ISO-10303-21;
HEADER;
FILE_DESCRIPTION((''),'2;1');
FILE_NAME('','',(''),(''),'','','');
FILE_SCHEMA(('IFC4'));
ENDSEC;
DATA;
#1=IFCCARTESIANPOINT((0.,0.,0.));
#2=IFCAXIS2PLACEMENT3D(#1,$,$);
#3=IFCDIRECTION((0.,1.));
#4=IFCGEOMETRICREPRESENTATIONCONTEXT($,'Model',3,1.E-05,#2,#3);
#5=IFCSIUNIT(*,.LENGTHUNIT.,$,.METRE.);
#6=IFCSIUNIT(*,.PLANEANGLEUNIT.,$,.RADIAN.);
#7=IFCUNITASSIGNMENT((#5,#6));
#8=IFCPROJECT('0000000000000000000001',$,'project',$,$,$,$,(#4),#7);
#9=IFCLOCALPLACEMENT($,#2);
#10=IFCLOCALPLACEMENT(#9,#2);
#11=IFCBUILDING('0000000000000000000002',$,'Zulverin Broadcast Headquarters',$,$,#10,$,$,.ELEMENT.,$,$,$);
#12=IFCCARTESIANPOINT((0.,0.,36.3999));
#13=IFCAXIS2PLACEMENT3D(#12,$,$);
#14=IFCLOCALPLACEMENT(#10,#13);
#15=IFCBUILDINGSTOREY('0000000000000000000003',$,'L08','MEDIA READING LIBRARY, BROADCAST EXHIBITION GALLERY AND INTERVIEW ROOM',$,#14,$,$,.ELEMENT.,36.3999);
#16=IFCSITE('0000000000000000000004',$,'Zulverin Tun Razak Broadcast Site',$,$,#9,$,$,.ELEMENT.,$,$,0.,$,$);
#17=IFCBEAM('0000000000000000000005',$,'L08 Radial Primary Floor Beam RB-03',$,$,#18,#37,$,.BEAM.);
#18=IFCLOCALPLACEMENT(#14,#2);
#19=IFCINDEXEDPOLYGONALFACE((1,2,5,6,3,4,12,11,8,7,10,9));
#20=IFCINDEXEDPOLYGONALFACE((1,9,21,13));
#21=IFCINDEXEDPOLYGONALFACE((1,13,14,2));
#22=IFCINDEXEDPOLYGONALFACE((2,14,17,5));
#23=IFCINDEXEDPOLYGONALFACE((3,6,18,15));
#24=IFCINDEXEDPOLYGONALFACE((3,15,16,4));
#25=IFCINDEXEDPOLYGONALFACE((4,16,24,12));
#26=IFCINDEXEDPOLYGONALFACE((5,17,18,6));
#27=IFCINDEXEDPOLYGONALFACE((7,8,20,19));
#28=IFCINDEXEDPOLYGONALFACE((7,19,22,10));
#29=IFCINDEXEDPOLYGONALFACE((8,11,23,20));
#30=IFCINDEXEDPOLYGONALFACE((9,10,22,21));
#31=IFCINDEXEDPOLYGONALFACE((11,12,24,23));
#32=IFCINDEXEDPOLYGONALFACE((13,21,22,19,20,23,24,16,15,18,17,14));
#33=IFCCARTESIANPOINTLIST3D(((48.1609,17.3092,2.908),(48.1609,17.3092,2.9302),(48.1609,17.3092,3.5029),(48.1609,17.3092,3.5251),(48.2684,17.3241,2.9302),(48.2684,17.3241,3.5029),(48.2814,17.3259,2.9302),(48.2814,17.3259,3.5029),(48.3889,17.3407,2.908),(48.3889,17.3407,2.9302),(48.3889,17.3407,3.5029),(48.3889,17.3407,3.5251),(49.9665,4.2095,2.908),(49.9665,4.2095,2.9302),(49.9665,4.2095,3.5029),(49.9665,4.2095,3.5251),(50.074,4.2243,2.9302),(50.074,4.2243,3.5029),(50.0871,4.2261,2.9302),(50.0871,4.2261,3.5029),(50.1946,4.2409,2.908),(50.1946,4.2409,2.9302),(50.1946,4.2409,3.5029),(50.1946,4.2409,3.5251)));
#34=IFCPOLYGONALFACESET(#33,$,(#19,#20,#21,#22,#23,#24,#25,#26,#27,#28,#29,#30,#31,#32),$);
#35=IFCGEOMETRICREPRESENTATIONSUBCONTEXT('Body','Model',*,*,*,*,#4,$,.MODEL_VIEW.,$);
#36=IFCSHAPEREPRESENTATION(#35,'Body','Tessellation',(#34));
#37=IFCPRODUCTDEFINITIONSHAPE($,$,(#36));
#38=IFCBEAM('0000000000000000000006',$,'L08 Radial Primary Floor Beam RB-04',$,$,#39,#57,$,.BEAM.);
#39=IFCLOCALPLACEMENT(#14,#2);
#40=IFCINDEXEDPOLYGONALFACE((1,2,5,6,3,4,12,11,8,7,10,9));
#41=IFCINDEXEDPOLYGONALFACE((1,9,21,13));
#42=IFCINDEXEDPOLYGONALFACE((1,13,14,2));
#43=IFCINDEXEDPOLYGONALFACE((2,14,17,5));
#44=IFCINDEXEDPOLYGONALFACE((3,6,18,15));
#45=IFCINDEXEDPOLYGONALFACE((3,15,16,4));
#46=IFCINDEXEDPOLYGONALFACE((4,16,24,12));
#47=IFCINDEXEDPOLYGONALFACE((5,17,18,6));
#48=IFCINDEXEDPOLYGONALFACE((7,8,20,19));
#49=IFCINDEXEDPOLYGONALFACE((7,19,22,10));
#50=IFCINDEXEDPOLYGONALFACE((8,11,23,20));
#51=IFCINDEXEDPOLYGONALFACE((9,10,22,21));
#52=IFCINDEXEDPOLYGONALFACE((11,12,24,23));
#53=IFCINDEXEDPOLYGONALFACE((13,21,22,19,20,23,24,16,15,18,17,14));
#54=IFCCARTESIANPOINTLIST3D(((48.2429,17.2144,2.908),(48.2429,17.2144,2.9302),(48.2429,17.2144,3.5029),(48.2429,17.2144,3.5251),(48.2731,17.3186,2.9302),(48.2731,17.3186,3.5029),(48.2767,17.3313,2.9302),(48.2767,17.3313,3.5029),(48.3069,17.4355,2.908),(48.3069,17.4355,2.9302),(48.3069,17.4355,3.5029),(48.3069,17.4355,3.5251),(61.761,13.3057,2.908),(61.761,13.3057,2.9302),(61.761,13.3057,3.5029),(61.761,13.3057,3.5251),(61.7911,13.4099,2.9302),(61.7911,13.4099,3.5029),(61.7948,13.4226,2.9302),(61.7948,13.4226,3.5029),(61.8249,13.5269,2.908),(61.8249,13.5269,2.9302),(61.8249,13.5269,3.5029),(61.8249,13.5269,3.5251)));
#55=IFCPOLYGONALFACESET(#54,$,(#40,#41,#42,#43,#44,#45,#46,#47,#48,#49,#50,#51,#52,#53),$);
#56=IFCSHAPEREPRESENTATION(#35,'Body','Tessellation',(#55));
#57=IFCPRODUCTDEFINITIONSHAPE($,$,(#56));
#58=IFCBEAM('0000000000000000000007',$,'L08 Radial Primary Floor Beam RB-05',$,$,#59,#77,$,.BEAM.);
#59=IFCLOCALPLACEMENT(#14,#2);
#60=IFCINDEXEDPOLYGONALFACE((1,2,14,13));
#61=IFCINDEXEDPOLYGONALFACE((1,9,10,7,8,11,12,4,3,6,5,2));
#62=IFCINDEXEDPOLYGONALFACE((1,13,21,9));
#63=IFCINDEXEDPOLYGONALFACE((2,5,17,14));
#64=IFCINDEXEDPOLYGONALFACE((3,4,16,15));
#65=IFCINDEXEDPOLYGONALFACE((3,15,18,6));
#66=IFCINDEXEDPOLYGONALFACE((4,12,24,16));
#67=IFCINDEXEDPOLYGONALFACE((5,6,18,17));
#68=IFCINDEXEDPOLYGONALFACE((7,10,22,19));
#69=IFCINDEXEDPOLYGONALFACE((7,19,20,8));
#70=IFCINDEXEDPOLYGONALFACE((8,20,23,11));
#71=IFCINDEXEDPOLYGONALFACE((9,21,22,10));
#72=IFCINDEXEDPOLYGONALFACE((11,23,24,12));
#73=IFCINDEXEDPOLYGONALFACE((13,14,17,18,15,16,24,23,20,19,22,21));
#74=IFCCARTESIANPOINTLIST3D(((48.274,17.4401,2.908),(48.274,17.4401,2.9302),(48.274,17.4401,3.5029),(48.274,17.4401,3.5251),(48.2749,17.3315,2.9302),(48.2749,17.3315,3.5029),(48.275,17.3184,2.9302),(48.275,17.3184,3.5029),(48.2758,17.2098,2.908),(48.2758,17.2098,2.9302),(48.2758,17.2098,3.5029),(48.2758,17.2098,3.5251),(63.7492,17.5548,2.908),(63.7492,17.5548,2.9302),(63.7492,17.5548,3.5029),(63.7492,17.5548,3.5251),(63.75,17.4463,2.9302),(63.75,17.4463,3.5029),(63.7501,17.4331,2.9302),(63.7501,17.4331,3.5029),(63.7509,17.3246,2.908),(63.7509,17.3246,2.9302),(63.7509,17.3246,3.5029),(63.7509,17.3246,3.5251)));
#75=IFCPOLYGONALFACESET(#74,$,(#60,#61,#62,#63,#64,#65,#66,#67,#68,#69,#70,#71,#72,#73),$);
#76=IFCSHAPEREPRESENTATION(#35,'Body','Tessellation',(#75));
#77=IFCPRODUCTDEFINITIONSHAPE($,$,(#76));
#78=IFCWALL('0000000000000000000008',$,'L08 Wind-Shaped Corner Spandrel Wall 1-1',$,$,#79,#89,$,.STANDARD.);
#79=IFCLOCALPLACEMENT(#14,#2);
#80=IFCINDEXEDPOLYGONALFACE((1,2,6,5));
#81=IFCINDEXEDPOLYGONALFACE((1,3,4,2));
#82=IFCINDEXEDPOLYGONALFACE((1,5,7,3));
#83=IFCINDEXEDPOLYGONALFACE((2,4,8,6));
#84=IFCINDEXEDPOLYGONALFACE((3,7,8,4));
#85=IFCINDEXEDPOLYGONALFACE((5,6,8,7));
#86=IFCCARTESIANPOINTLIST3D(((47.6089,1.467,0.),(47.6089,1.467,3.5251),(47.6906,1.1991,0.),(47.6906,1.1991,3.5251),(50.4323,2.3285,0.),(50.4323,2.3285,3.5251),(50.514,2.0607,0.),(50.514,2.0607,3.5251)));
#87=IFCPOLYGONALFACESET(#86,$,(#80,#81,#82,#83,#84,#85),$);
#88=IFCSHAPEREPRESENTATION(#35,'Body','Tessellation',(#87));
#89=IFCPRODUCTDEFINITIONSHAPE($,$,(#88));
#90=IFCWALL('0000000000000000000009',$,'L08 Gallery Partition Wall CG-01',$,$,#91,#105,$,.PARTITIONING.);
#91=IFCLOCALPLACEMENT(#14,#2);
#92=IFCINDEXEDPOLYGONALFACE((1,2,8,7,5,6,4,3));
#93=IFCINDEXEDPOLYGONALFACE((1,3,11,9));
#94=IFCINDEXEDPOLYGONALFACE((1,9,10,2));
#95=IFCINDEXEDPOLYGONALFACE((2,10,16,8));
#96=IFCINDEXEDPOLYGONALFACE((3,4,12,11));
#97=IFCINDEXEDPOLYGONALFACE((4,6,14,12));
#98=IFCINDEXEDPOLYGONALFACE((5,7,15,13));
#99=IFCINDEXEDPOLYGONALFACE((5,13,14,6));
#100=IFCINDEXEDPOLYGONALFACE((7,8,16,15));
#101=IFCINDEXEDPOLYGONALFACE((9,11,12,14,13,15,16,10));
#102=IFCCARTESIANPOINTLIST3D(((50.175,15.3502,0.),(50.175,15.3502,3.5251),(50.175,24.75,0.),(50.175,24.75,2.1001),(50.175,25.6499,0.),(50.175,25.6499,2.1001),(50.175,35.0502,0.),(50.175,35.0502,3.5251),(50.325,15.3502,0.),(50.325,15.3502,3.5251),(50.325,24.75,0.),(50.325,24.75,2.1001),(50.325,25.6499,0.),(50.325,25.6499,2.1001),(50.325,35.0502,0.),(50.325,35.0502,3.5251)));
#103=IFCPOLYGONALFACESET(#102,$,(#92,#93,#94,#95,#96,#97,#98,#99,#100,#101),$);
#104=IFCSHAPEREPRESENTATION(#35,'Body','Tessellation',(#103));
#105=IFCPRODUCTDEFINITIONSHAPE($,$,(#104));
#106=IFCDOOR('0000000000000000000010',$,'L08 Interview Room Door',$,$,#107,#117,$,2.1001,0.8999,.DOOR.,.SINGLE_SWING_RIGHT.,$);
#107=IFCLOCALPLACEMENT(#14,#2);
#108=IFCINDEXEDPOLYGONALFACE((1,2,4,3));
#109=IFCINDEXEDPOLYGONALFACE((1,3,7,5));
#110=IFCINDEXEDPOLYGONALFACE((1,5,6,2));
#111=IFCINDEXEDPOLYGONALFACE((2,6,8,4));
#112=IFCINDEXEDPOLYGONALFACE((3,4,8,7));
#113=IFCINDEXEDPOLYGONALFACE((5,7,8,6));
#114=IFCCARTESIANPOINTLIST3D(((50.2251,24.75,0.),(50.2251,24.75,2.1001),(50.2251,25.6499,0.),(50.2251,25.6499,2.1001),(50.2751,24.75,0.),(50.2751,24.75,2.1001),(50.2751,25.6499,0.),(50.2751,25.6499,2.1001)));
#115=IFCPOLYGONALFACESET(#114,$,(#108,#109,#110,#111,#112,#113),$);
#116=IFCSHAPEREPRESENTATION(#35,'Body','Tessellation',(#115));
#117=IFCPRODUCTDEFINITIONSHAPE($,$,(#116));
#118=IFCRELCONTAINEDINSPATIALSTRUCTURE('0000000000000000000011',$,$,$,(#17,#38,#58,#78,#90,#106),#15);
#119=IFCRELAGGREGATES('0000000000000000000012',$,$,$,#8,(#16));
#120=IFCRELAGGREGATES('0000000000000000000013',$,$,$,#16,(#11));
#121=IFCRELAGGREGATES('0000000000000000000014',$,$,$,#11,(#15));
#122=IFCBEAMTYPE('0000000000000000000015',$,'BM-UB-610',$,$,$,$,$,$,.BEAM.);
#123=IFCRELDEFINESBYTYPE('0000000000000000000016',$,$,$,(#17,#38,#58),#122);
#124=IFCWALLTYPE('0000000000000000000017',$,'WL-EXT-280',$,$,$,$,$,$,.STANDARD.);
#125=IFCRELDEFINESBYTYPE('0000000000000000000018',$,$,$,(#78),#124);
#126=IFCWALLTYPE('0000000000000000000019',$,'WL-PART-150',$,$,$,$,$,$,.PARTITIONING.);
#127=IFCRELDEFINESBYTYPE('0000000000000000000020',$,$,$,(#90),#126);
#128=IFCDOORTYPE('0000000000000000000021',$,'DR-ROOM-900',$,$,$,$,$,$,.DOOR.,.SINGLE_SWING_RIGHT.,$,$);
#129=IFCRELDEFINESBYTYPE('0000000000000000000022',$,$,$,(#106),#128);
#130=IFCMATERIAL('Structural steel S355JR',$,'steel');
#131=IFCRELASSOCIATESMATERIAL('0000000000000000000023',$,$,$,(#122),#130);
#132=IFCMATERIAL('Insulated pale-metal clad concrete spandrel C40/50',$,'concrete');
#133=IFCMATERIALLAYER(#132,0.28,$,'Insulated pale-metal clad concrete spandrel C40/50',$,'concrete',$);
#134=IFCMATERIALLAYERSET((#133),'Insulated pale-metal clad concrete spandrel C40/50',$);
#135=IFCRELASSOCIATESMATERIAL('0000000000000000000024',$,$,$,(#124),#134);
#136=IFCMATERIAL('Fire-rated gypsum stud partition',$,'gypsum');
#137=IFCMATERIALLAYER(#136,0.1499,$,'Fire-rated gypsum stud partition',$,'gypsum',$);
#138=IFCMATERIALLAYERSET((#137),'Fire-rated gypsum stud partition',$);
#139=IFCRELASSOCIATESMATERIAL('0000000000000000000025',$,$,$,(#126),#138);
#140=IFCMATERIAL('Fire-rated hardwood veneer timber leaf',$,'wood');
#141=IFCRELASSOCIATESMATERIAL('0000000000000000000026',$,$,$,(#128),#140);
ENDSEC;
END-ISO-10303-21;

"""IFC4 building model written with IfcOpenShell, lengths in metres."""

from ifc_helpers import new_model, si_unit, direction, frame, frame_2d, origin, origin_2d, place, context, subcontext, project, spatial, rectangle, i_section, extrude, material, layer, layer_set, material_profile, profile_set, type_object, element, fill, save


model = new_model("IFC4")

# Units and contexts
model_context = context("Model", 3, precision=1e-05, world=origin(), true_north=direction((0.0, 1.0)))
body_context = subcontext(model_context, "Body", "Model", "MODEL_VIEW")
ifc_project = project(units=[si_unit("LENGTHUNIT", "METRE"), si_unit("PLANEANGLEUNIT", "RADIAN")], contexts=[model_context])

# Site, building, storey
site_placement = place(None, origin())
site = spatial("IfcSite", under=ifc_project, at=site_placement, Name="Zulverin Tun Razak Broadcast Site", CompositionType="ELEMENT", RefElevation=0.0)
building_placement = place(site_placement, origin())
building = spatial("IfcBuilding", under=site, at=building_placement, Name="Zulverin Broadcast Headquarters", CompositionType="ELEMENT")
storey_placement = place(building_placement, frame((0.0, 0.0, 36.3999)))
storey = spatial("IfcBuildingStorey", under=building, at=storey_placement, Name="L08", Description="MEDIA READING LIBRARY, BROADCAST EXHIBITION GALLERY AND INTERVIEW ROOM", CompositionType="ELEMENT", Elevation=36.3999)

# Beams
ifc_material_1 = material(Name="Structural steel S355JR", Category="steel")
ifc_material_profile_1 = material_profile(ifc_material_1, i_section(OverallWidth=0.2302, OverallDepth=0.6172, WebThickness=0.0132, FlangeThickness=0.0222, at=origin_2d()), Name="Structural steel S355JR", Category="steel")
ifc_profile_set_1 = profile_set([ifc_material_profile_1], Name="Structural steel S355JR")
beam_type_1 = type_object("IfcBeamType", Name="BM-UB-610", PredefinedType="BEAM", material=ifc_profile_set_1)
beam_1_placement = place(storey_placement, frame((48.2749, 17.325, 3.2166), z_axis=(0.136547, -0.990634, 0.0), x_axis=(0.990634, 0.136547, 0.0)))
element("IfcBeam", 1, at=beam_1_placement, inside=storey, type_object=beam_type_1, Name="L08 Radial Primary Floor Beam RB-03", PredefinedType="BEAM", context=body_context, shape_type="SweptSolid", body=[
    extrude(i_section(OverallWidth=0.2302, OverallDepth=0.6172, WebThickness=0.0132, FlangeThickness=0.0222, at=origin_2d()), origin(), (0.0, 0.0, 1.0), 13.2236),
])
beam_2_placement = place(storey_placement, frame((48.2749, 17.325, 3.2166), z_axis=(0.960648, -0.277767, 0.0), x_axis=(0.277767, 0.960648, 0.0)))
element("IfcBeam", 2, at=beam_2_placement, inside=storey, type_object=beam_type_1, Name="L08 Radial Primary Floor Beam RB-04", PredefinedType="BEAM", context=body_context, shape_type="SweptSolid", body=[
    extrude(i_section(OverallWidth=0.2302, OverallDepth=0.6172, WebThickness=0.0132, FlangeThickness=0.0222, at=origin_2d()), origin(), (0.0, 0.0, 1.0), 14.0718),
])
beam_3_placement = place(storey_placement, frame((48.2749, 17.325, 3.2166), z_axis=(0.999973, 0.007415, 0.0), x_axis=(-0.007415, 0.999973, 0.0)))
element("IfcBeam", 3, at=beam_3_placement, inside=storey, type_object=beam_type_1, Name="L08 Radial Primary Floor Beam RB-05", PredefinedType="BEAM", context=body_context, shape_type="SweptSolid", body=[
    extrude(i_section(OverallWidth=0.2302, OverallDepth=0.6172, WebThickness=0.0132, FlangeThickness=0.0222, at=origin_2d()), origin(), (0.0, 0.0, 1.0), 15.4756),
])

# Wall
ifc_material_2 = material(Name="Insulated pale-metal clad concrete spandrel C40/50", Category="concrete")
ifc_layer_1 = layer(ifc_material_2, 0.28, Name="Insulated pale-metal clad concrete spandrel C40/50", Category="concrete")
ifc_layer_set_1 = layer_set([ifc_layer_1], Name="Insulated pale-metal clad concrete spandrel C40/50")
wall_type_1 = type_object("IfcWallType", Name="WL-EXT-280", PredefinedType="STANDARD", material=ifc_layer_set_1)
wall_1_placement = place(storey_placement, frame((47.6497, 1.333, 0.0), z_axis=(0.0, 0.0, 1.0), x_axis=(0.956461, 0.291859, 0.0)))
element("IfcWall", 4, at=wall_1_placement, inside=storey, type_object=wall_type_1, Name="L08 Wind-Shaped Corner Spandrel Wall 1-1", PredefinedType="STANDARD", context=body_context, shape_type="SweptSolid", body=[
    extrude(rectangle(XDim=2.9519, YDim=0.28, at=frame_2d((1.4761, 0.0))), origin(), (0.0, 0.0, 1.0), 3.5251),
])

# Wall, opening, door
ifc_material_3 = material(Name="Fire-rated gypsum stud partition", Category="gypsum")
ifc_layer_2 = layer(ifc_material_3, 0.1499, Name="Fire-rated gypsum stud partition", Category="gypsum")
ifc_layer_set_2 = layer_set([ifc_layer_2], Name="Fire-rated gypsum stud partition")
wall_type_2 = type_object("IfcWallType", Name="WL-PART-150", PredefinedType="PARTITIONING", material=ifc_layer_set_2)
wall_2_placement = place(storey_placement, frame((50.25, 15.3501, 0.0), z_axis=(0.0, 0.0, 1.0), x_axis=(0.0, 1.0, 0.0)))
wall_2 = element("IfcWall", 5, at=wall_2_placement, inside=storey, type_object=wall_type_2, Name="L08 Gallery Partition Wall CG-01", PredefinedType="PARTITIONING", context=body_context, shape_type="SweptSolid", body=[
    extrude(rectangle(XDim=19.7, YDim=0.1499, at=frame_2d((9.8501, 0.0))), origin(), (0.0, 0.0, 1.0), 3.5251),
])
opening_1_placement = place(wall_2_placement, frame((9.3999, 0.0, 0.0)))
opening_1 = element("IfcOpeningElement", 6, at=opening_1_placement, cuts=wall_2, PredefinedType="OPENING", context=body_context, shape_type="SweptSolid", body=[
    extrude(rectangle(XDim=0.8999, YDim=2.1001, at=frame_2d((0.45, 1.05))), frame((0.0, 0.085, 0.0), z_axis=(0.0, -1.0, 0.0), x_axis=(1.0, 0.0, 0.0)), (0.0, 0.0, 1.0), 0.1699),
])
ifc_material_4 = material(Name="Fire-rated hardwood veneer timber leaf", Category="wood")
door_type_1 = type_object("IfcDoorType", Name="DR-ROOM-900", OperationType="SINGLE_SWING_RIGHT", PredefinedType="DOOR", material=ifc_material_4)
door_1_placement = place(opening_1_placement, origin())
door_1 = element("IfcDoor", 7, at=door_1_placement, inside=storey, type_object=door_type_1, Name="L08 Interview Room Door", OperationType="SINGLE_SWING_RIGHT", OverallHeight=2.1001, OverallWidth=0.8999, PredefinedType="DOOR", context=body_context, shape_type="SweptSolid", body=[
    extrude(rectangle(XDim=0.8999, YDim=2.1001, at=frame_2d((0.45, 1.05))), frame((0.0, 0.0249, 0.0), z_axis=(0.0, -1.0, 0.0), x_axis=(1.0, 0.0, 0.0)), (0.0, 0.0, 1.0), 0.05),
])
fill(opening_1, door_1)

save(model, "model.ifc")
